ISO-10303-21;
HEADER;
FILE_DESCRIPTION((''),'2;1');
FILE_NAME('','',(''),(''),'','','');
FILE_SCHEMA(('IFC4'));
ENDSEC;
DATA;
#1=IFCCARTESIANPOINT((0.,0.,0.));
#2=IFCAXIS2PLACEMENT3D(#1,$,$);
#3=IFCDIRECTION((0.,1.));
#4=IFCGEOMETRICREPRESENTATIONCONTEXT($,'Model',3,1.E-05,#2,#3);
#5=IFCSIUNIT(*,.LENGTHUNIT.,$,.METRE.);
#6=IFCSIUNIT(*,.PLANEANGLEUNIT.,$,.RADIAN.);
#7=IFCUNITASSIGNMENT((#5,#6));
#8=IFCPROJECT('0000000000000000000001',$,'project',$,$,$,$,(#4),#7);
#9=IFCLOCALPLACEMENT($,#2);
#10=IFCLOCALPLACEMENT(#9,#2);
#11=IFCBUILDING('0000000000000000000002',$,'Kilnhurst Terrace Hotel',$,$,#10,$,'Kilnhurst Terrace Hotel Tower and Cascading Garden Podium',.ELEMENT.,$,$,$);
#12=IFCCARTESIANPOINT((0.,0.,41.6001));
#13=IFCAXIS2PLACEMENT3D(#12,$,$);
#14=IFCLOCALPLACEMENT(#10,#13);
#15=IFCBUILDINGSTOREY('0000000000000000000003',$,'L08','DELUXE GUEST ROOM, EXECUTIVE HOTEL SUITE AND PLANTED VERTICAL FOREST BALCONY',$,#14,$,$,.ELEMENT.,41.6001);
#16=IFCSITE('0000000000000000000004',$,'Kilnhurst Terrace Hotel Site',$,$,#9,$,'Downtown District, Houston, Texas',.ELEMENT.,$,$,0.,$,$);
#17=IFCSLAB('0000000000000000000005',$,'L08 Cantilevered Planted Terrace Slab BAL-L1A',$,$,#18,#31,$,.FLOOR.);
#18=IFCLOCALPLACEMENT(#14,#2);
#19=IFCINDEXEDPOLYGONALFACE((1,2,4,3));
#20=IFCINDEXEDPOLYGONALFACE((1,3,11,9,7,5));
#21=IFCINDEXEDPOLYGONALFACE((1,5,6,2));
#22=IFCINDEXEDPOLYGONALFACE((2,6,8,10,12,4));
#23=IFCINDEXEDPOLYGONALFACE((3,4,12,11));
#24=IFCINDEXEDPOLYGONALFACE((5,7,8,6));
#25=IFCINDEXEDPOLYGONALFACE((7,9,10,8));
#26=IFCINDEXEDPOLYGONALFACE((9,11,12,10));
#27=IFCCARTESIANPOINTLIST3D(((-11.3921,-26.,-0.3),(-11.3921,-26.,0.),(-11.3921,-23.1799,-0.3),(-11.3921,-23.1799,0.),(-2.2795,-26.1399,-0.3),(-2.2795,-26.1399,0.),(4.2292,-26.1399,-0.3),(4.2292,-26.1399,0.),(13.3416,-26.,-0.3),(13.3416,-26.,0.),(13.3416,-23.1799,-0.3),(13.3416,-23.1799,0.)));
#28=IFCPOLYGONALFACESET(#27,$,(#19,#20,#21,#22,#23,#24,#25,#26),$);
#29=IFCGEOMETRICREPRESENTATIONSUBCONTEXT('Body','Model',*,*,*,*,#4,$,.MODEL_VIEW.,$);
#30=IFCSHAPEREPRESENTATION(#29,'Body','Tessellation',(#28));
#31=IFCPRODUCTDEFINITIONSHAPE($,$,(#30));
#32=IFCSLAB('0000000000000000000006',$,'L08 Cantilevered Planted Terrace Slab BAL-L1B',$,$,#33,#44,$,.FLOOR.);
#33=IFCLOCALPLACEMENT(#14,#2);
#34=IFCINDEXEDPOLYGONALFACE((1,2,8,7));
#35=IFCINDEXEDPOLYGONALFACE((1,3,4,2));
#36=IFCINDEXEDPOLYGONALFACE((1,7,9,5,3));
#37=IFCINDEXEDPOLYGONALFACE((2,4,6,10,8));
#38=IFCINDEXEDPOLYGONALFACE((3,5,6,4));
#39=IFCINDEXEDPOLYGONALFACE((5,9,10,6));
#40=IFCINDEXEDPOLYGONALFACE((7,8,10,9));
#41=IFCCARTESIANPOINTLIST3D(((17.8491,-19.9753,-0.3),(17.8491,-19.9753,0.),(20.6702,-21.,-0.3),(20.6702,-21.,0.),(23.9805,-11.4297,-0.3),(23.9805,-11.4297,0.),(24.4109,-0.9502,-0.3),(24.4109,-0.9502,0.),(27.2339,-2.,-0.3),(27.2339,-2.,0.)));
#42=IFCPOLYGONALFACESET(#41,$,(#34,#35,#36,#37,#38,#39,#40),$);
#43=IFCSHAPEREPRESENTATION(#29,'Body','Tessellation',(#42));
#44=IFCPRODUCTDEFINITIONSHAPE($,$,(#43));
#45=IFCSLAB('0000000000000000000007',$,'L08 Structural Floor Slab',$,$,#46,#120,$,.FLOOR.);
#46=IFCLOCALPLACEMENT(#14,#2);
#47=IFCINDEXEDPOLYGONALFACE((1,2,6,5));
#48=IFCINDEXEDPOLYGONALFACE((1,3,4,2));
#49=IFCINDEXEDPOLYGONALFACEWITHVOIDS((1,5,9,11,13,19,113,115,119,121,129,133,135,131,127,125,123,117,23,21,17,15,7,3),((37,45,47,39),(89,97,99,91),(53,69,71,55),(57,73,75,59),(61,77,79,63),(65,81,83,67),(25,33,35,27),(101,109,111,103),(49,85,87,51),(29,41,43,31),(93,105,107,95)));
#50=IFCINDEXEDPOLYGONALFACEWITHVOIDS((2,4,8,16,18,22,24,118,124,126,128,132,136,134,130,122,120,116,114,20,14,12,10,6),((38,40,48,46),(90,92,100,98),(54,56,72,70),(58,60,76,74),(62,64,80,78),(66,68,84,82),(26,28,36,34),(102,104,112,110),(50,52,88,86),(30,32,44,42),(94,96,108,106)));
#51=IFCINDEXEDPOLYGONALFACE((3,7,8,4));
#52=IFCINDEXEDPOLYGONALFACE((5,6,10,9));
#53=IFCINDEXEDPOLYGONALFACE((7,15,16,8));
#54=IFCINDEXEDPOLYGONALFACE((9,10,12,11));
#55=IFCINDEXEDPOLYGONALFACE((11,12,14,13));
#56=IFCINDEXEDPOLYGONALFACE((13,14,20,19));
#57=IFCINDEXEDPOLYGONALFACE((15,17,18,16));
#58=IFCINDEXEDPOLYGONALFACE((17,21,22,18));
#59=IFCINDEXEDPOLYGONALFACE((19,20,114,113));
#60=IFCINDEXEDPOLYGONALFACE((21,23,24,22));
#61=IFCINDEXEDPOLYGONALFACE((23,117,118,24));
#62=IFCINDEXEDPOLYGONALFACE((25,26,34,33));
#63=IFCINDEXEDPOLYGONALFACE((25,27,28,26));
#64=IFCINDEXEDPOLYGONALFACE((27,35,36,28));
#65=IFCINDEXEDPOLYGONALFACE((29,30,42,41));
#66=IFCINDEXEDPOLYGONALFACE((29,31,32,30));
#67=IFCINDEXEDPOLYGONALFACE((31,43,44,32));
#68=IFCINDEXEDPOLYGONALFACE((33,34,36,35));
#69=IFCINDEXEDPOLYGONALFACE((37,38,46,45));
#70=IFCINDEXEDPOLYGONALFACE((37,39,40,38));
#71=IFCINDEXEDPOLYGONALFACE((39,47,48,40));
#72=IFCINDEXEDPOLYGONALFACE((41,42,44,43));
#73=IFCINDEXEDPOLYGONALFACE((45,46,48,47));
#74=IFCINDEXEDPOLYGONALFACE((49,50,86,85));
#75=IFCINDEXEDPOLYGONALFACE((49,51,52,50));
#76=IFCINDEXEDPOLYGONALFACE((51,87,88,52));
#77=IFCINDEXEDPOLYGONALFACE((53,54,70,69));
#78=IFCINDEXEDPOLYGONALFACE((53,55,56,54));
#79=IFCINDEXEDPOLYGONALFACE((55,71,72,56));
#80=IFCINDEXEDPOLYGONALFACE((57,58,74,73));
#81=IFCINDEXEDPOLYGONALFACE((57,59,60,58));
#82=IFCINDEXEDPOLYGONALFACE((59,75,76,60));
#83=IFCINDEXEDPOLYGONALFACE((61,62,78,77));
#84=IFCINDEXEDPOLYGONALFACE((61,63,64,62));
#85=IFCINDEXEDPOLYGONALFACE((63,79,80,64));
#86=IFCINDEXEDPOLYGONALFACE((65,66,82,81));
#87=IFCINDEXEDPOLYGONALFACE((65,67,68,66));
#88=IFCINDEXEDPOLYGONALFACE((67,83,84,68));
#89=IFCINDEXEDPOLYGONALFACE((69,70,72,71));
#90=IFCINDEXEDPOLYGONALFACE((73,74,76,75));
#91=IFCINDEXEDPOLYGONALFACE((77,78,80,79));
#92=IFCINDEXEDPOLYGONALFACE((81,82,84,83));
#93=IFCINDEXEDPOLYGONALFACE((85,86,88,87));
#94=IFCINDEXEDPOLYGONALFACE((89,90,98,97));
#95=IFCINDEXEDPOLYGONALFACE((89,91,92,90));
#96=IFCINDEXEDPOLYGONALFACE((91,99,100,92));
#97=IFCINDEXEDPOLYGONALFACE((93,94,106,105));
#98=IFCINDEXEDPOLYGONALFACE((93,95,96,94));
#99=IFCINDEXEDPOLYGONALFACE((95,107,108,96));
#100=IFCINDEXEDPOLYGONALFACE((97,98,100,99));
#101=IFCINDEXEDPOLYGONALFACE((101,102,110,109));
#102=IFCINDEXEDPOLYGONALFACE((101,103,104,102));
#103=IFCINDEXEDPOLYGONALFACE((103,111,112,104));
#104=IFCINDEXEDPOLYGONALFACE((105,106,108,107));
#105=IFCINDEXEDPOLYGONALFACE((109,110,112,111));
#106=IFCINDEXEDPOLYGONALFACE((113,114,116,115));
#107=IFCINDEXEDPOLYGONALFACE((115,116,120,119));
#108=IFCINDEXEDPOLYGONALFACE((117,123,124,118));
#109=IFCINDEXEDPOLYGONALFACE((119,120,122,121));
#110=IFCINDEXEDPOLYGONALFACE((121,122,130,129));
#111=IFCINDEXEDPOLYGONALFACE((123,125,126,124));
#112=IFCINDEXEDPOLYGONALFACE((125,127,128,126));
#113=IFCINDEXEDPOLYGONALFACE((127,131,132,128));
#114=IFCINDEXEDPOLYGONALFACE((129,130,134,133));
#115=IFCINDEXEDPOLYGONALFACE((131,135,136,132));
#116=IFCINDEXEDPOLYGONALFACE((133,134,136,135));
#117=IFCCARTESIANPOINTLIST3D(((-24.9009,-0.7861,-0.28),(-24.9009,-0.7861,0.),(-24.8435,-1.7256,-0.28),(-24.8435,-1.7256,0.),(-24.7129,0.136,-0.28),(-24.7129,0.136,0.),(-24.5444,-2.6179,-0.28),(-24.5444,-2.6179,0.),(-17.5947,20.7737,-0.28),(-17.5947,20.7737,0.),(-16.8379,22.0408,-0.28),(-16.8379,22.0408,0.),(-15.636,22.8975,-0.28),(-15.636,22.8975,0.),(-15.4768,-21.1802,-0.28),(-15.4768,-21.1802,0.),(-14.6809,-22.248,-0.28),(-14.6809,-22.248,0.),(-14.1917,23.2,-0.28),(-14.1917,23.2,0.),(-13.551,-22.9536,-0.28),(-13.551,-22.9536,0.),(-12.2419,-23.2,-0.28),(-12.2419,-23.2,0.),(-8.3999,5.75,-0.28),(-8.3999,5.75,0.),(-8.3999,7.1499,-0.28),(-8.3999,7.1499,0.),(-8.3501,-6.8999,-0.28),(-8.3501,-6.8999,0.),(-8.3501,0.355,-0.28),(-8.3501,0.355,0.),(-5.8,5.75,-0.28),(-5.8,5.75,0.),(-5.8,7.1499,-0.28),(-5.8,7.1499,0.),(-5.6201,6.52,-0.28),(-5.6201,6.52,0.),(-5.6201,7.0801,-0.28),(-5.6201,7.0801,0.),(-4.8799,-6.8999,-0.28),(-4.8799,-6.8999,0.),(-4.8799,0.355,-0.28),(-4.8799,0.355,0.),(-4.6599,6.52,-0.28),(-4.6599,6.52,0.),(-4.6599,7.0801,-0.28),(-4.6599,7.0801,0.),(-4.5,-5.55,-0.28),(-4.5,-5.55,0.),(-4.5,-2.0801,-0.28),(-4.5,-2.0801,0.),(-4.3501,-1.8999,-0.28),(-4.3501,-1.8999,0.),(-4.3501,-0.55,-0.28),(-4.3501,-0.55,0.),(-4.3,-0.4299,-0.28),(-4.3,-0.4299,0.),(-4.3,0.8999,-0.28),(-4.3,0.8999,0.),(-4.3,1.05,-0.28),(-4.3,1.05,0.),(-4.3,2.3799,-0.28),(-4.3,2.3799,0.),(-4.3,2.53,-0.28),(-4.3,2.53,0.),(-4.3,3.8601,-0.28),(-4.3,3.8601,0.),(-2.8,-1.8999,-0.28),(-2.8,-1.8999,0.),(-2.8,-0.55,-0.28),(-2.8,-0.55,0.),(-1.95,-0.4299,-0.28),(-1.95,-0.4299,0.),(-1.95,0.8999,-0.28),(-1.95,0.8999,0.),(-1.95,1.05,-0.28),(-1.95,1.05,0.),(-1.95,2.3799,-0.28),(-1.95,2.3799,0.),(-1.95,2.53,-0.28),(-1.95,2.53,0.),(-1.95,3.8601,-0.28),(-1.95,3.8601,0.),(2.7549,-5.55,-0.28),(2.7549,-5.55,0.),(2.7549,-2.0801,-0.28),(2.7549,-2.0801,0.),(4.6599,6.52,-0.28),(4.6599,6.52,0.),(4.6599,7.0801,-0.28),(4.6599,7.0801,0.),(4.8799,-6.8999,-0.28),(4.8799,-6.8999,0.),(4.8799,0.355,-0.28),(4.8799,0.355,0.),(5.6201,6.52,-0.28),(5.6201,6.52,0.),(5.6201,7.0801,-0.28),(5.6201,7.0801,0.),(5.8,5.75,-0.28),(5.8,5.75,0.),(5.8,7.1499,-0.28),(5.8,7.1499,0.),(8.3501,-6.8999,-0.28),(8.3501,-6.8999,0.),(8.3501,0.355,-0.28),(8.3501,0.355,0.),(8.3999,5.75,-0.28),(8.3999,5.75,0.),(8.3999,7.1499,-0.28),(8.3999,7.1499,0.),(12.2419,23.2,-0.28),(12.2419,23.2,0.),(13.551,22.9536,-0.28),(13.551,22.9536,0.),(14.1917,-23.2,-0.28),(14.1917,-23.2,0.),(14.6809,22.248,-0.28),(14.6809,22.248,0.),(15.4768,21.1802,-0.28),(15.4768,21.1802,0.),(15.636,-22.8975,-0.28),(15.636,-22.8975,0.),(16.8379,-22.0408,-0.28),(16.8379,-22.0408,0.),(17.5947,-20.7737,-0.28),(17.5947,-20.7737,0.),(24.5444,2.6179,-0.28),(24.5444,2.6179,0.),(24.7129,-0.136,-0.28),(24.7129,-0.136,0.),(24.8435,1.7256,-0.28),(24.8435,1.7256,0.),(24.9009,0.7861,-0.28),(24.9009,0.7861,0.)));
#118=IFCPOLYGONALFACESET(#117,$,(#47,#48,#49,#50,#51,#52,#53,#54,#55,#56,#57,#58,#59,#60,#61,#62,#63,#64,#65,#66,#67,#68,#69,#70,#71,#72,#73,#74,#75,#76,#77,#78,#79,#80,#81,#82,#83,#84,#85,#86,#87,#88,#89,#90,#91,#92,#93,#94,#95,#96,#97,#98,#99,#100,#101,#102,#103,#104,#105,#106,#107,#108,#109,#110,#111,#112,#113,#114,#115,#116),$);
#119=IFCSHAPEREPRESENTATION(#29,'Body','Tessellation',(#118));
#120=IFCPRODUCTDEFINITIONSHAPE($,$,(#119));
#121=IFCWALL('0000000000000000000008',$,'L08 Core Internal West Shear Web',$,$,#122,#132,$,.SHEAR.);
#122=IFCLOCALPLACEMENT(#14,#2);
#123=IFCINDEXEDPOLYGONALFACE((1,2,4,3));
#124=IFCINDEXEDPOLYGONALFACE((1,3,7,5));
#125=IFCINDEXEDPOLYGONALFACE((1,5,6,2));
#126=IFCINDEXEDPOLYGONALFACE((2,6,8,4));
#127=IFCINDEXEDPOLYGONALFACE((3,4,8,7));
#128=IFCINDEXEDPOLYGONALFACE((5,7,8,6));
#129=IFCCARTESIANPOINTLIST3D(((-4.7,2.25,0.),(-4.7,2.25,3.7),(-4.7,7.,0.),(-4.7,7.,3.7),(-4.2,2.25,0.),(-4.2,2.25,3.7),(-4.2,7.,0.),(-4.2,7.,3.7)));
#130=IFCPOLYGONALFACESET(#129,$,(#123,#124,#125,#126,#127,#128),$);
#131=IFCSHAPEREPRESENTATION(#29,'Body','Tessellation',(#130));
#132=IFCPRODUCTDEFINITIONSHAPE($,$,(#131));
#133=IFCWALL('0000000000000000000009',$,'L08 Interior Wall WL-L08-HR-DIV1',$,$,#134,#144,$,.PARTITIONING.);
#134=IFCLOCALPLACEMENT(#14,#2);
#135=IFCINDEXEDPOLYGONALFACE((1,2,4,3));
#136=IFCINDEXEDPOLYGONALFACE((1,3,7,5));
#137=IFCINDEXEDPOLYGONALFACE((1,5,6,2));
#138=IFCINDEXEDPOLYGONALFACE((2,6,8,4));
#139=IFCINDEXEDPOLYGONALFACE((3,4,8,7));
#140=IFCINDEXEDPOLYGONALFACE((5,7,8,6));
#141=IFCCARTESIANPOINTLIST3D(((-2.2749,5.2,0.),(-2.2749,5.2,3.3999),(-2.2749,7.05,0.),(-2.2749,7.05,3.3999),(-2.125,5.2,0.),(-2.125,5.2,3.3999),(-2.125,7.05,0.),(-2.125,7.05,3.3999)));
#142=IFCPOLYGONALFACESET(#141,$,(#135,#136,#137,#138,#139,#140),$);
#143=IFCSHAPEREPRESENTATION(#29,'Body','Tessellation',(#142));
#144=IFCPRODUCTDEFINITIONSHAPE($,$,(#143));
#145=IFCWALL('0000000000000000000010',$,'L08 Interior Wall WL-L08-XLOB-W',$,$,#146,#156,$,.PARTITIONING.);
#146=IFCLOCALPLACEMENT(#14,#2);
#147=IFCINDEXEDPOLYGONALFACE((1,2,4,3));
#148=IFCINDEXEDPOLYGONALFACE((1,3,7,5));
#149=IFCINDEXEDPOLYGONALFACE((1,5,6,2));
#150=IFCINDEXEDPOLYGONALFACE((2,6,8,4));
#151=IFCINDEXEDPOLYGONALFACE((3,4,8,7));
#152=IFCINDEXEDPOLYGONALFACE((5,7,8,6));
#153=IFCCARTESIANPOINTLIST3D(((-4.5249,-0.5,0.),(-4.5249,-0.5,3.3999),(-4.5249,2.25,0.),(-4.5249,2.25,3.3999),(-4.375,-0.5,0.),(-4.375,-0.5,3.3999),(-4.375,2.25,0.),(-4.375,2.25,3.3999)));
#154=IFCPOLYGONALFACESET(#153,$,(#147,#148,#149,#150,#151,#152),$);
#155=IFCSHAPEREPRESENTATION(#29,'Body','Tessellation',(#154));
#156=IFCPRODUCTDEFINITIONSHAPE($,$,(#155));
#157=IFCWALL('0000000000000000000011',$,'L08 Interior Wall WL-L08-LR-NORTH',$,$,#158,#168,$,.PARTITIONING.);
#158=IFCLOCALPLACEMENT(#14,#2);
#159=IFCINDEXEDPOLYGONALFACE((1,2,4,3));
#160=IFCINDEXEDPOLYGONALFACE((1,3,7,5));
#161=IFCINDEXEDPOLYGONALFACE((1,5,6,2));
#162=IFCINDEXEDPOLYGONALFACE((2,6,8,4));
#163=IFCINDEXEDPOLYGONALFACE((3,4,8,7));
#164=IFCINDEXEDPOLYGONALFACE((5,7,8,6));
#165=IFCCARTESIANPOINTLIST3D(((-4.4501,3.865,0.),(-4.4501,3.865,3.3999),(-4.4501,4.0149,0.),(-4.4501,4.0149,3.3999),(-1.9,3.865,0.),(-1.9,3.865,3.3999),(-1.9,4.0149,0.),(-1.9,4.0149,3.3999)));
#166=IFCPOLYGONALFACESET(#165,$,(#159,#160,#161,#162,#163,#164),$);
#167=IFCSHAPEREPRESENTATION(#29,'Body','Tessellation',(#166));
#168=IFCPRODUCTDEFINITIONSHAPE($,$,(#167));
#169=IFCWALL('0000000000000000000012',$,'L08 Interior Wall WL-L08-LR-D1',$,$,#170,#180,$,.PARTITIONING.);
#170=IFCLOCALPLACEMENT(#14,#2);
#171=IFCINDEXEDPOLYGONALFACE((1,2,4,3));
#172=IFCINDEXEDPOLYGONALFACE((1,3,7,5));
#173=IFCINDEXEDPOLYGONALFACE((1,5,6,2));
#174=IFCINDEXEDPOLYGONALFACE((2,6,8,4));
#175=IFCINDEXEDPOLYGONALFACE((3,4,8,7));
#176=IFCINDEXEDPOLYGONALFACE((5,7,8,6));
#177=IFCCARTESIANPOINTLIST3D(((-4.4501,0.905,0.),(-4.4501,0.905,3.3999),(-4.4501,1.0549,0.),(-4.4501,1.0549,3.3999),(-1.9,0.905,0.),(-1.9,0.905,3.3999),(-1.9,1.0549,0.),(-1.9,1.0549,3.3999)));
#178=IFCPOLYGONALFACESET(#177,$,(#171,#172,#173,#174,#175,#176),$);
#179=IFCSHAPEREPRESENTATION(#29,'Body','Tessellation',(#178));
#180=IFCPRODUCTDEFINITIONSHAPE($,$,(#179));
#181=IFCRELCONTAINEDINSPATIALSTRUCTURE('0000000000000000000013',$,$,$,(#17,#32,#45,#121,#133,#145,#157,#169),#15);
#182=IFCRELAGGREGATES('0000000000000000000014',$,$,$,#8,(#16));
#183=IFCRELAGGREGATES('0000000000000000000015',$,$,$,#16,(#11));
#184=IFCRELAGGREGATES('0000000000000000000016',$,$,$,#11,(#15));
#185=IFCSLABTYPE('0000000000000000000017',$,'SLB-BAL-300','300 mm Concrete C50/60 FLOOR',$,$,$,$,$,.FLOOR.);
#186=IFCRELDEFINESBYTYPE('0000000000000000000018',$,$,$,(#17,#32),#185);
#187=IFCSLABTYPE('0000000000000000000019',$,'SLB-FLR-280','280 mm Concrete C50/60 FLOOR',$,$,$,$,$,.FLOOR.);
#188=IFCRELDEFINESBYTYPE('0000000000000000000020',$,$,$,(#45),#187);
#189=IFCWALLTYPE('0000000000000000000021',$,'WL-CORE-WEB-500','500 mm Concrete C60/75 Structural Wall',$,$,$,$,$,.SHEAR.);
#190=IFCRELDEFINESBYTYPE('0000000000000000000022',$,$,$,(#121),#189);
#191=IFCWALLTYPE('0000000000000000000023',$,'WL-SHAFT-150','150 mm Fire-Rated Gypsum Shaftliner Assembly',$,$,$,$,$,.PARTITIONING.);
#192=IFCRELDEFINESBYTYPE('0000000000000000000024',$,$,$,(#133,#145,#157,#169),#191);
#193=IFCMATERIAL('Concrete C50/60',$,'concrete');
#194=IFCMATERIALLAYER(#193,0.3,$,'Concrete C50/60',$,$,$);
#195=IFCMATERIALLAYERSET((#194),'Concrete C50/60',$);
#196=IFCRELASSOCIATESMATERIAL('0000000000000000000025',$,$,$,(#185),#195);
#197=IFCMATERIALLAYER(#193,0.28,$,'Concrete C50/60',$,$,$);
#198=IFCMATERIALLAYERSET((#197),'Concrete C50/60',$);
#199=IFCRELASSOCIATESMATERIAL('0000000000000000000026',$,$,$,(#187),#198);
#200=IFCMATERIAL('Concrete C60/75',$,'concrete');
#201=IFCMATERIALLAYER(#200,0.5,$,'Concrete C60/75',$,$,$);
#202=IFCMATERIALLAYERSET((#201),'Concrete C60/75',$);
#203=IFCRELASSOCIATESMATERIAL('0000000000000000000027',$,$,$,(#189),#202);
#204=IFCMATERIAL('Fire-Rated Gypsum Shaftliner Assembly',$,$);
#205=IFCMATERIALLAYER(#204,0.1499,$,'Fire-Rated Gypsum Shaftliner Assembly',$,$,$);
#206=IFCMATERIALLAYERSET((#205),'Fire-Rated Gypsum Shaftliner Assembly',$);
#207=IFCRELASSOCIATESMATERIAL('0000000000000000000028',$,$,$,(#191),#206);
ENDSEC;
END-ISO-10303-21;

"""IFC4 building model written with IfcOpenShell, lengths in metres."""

from ifc_helpers import new_model, si_unit, direction, frame, frame_2d, origin, place, context, subcontext, project, spatial, polyline, rectangle, outline, extrude, material, layer, layer_set, type_object, element, save


model = new_model("IFC4")

# Units and contexts
model_context = context("Model", 3, precision=1e-05, world=origin(), true_north=direction((0.0, 1.0)))
body_context = subcontext(model_context, "Body", "Model", "MODEL_VIEW")
ifc_project = project(units=[si_unit("LENGTHUNIT", "METRE"), si_unit("PLANEANGLEUNIT", "RADIAN")], contexts=[model_context])

# Site, building, storey
site_placement = place(None, origin())
site = spatial("IfcSite", under=ifc_project, at=site_placement, Name="Kilnhurst Terrace Hotel Site", LongName="Downtown District, Houston, Texas", CompositionType="ELEMENT", RefElevation=0.0)
building_placement = place(site_placement, origin())
building = spatial("IfcBuilding", under=site, at=building_placement, Name="Kilnhurst Terrace Hotel", LongName="Kilnhurst Terrace Hotel Tower and Cascading Garden Podium", CompositionType="ELEMENT")
storey_placement = place(building_placement, frame((0.0, 0.0, 41.6001)))
storey = spatial("IfcBuildingStorey", under=building, at=storey_placement, Name="L08", Description="DELUXE GUEST ROOM, EXECUTIVE HOTEL SUITE AND PLANTED VERTICAL FOREST BALCONY", CompositionType="ELEMENT", Elevation=41.6001)

# Slabs
ifc_material_1 = material(Name="Concrete C50/60", Category="concrete")
ifc_layer_1 = layer(ifc_material_1, 0.3, Name="Concrete C50/60")
ifc_layer_set_1 = layer_set([ifc_layer_1], Name="Concrete C50/60")
slab_type_1 = type_object("IfcSlabType", Name="SLB-BAL-300", Description="300 mm Concrete C50/60 FLOOR", PredefinedType="FLOOR", material=ifc_layer_set_1)
slab_1_placement = place(storey_placement, frame((0.0, 0.0, -0.3)))
element("IfcSlab", 1, at=slab_1_placement, inside=storey, type_object=slab_type_1, Name="L08 Cantilevered Planted Terrace Slab BAL-L1A", PredefinedType="FLOOR", context=body_context, shape_type="SweptSolid", body=[
    extrude(outline(polyline([(4.2292, -26.1399), (-2.2795, -26.1399), (-11.3921, -26.0), (-11.3921, -23.1799), (13.3416, -23.1799), (13.3416, -26.0), (4.2292, -26.1399)])), origin(), (0.0, 0.0, 1.0), 0.3),
])
slab_2_placement = place(storey_placement, frame((0.0, 0.0, -0.3)))
element("IfcSlab", 2, at=slab_2_placement, inside=storey, type_object=slab_type_1, Name="L08 Cantilevered Planted Terrace Slab BAL-L1B", PredefinedType="FLOOR", context=body_context, shape_type="SweptSolid", body=[
    extrude(outline(polyline([(20.6702, -21.0), (17.8491, -19.9753), (24.4109, -0.9502), (27.2339, -2.0), (23.9805, -11.4297), (20.6702, -21.0)])), origin(), (0.0, 0.0, 1.0), 0.3),
])
ifc_layer_2 = layer(ifc_material_1, 0.28, Name="Concrete C50/60")
ifc_layer_set_2 = layer_set([ifc_layer_2], Name="Concrete C50/60")
slab_type_2 = type_object("IfcSlabType", Name="SLB-FLR-280", Description="280 mm Concrete C50/60 FLOOR", PredefinedType="FLOOR", material=ifc_layer_set_2)
slab_3_placement = place(storey_placement, frame((0.0, 0.0, -0.28)))
element("IfcSlab", 3, at=slab_3_placement, inside=storey, type_object=slab_type_2, Name="L08 Structural Floor Slab", PredefinedType="FLOOR", context=body_context, shape_type="SweptSolid", body=[
    extrude(outline(polyline([(-15.4768, -21.1802), (-14.6809, -22.248), (-13.551, -22.9536), (-12.2419, -23.2), (14.1917, -23.2), (15.636, -22.8975), (16.8379, -22.0408), (17.5947, -20.7737), (24.7129, -0.136), (24.9009, 0.7861), (24.8435, 1.7256), (24.5444, 2.6179), (15.4768, 21.1802), (14.6809, 22.248), (13.551, 22.9536), (12.2419, 23.2), (-14.1917, 23.2), (-15.636, 22.8975), (-16.8379, 22.0408), (-17.5947, 20.7737), (-24.7129, 0.136), (-24.9009, -0.7861), (-24.8435, -1.7256), (-24.5444, -2.6179), (-15.4768, -21.1802)]), holes=[polyline([(-8.3501, 0.355), (-4.8799, 0.355), (-4.8799, -6.8999), (-8.3501, -6.8999), (-8.3501, 0.355)]), polyline([(-2.8, -1.8999), (-4.3501, -1.8999), (-4.3501, -0.55), (-2.8, -0.55), (-2.8, -1.8999)]), polyline([(-1.95, -0.4299), (-4.3, -0.4299), (-4.3, 0.8999), (-1.95, 0.8999), (-1.95, -0.4299)]), polyline([(-4.3, 1.05), (-4.3, 2.3799), (-1.95, 2.3799), (-1.95, 1.05), (-4.3, 1.05)]), polyline([(-8.3999, 5.75), (-8.3999, 7.1499), (-5.8, 7.1499), (-5.8, 5.75), (-8.3999, 5.75)]), polyline([(-4.6599, 6.52), (-5.6201, 6.52), (-5.6201, 7.0801), (-4.6599, 7.0801), (-4.6599, 6.52)]), polyline([(2.7549, -5.55), (-4.5, -5.55), (-4.5, -2.0801), (2.7549, -2.0801), (2.7549, -5.55)]), polyline([(8.3501, 0.355), (8.3501, -6.8999), (4.8799, -6.8999), (4.8799, 0.355), (8.3501, 0.355)]), polyline([(-1.95, 2.53), (-4.3, 2.53), (-4.3, 3.8601), (-1.95, 3.8601), (-1.95, 2.53)]), polyline([(5.8, 5.75), (5.8, 7.1499), (8.3999, 7.1499), (8.3999, 5.75), (5.8, 5.75)]), polyline([(4.6599, 6.52), (4.6599, 7.0801), (5.6201, 7.0801), (5.6201, 6.52), (4.6599, 6.52)])]), origin(), (0.0, 0.0, 1.0), 0.28),
])

# Walls
ifc_material_2 = material(Name="Concrete C60/75", Category="concrete")
ifc_layer_3 = layer(ifc_material_2, 0.5, Name="Concrete C60/75")
ifc_layer_set_3 = layer_set([ifc_layer_3], Name="Concrete C60/75")
wall_type_1 = type_object("IfcWallType", Name="WL-CORE-WEB-500", Description="500 mm Concrete C60/75 Structural Wall", PredefinedType="SHEAR", material=ifc_layer_set_3)
wall_1_placement = place(storey_placement, frame((-4.45, 2.25, 0.0), z_axis=(0.0, 0.0, 1.0), x_axis=(0.0, 1.0, 0.0)))
element("IfcWall", 4, at=wall_1_placement, inside=storey, type_object=wall_type_1, Name="L08 Core Internal West Shear Web", PredefinedType="SHEAR", context=body_context, shape_type="SweptSolid", body=[
    extrude(rectangle(XDim=4.75, YDim=0.5, at=frame_2d((2.375, 0.0))), origin(), (0.0, 0.0, 1.0), 3.7),
])
ifc_material_3 = material(Name="Fire-Rated Gypsum Shaftliner Assembly")
ifc_layer_4 = layer(ifc_material_3, 0.1499, Name="Fire-Rated Gypsum Shaftliner Assembly")
ifc_layer_set_4 = layer_set([ifc_layer_4], Name="Fire-Rated Gypsum Shaftliner Assembly")
wall_type_2 = type_object("IfcWallType", Name="WL-SHAFT-150", Description="150 mm Fire-Rated Gypsum Shaftliner Assembly", PredefinedType="PARTITIONING", material=ifc_layer_set_4)
wall_2_placement = place(storey_placement, frame((-2.2, 5.2, 0.0), z_axis=(0.0, 0.0, 1.0), x_axis=(0.0, 1.0, 0.0)))
element("IfcWall", 5, at=wall_2_placement, inside=storey, type_object=wall_type_2, Name="L08 Interior Wall WL-L08-HR-DIV1", PredefinedType="PARTITIONING", context=body_context, shape_type="SweptSolid", body=[
    extrude(rectangle(XDim=1.8501, YDim=0.1499, at=frame_2d((0.925, 0.0))), origin(), (0.0, 0.0, 1.0), 3.3999),
])
wall_3_placement = place(storey_placement, frame((-4.45, -0.5, 0.0), z_axis=(0.0, 0.0, 1.0), x_axis=(0.0, 1.0, 0.0)))
element("IfcWall", 6, at=wall_3_placement, inside=storey, type_object=wall_type_2, Name="L08 Interior Wall WL-L08-XLOB-W", PredefinedType="PARTITIONING", context=body_context, shape_type="SweptSolid", body=[
    extrude(rectangle(XDim=2.75, YDim=0.1499, at=frame_2d((1.375, 0.0))), origin(), (0.0, 0.0, 1.0), 3.3999),
])
for number, where, z_axis, x_axis, name in (
    (7, (-4.45, 3.9399, 0.0), (0.0, 0.0, 1.0), (1.0, 0.0, 0.0), "L08 Interior Wall WL-L08-LR-NORTH"),
    (8, (-4.45, 0.98, 0.0), (0.0, 0.0, 1.0), (1.0, 0.0, 0.0), "L08 Interior Wall WL-L08-LR-D1"),
):
    element("IfcWall", number, at=place(storey_placement, frame(where, z_axis=z_axis, x_axis=x_axis)), inside=storey, type_object=wall_type_2, Name=name, PredefinedType="PARTITIONING", context=body_context, shape_type="SweptSolid", body=[
        extrude(rectangle(XDim=2.55, YDim=0.1499, at=frame_2d((1.2749, 0.0))), origin(), (0.0, 0.0, 1.0), 3.3999),
    ])

save(model, "model.ifc")
